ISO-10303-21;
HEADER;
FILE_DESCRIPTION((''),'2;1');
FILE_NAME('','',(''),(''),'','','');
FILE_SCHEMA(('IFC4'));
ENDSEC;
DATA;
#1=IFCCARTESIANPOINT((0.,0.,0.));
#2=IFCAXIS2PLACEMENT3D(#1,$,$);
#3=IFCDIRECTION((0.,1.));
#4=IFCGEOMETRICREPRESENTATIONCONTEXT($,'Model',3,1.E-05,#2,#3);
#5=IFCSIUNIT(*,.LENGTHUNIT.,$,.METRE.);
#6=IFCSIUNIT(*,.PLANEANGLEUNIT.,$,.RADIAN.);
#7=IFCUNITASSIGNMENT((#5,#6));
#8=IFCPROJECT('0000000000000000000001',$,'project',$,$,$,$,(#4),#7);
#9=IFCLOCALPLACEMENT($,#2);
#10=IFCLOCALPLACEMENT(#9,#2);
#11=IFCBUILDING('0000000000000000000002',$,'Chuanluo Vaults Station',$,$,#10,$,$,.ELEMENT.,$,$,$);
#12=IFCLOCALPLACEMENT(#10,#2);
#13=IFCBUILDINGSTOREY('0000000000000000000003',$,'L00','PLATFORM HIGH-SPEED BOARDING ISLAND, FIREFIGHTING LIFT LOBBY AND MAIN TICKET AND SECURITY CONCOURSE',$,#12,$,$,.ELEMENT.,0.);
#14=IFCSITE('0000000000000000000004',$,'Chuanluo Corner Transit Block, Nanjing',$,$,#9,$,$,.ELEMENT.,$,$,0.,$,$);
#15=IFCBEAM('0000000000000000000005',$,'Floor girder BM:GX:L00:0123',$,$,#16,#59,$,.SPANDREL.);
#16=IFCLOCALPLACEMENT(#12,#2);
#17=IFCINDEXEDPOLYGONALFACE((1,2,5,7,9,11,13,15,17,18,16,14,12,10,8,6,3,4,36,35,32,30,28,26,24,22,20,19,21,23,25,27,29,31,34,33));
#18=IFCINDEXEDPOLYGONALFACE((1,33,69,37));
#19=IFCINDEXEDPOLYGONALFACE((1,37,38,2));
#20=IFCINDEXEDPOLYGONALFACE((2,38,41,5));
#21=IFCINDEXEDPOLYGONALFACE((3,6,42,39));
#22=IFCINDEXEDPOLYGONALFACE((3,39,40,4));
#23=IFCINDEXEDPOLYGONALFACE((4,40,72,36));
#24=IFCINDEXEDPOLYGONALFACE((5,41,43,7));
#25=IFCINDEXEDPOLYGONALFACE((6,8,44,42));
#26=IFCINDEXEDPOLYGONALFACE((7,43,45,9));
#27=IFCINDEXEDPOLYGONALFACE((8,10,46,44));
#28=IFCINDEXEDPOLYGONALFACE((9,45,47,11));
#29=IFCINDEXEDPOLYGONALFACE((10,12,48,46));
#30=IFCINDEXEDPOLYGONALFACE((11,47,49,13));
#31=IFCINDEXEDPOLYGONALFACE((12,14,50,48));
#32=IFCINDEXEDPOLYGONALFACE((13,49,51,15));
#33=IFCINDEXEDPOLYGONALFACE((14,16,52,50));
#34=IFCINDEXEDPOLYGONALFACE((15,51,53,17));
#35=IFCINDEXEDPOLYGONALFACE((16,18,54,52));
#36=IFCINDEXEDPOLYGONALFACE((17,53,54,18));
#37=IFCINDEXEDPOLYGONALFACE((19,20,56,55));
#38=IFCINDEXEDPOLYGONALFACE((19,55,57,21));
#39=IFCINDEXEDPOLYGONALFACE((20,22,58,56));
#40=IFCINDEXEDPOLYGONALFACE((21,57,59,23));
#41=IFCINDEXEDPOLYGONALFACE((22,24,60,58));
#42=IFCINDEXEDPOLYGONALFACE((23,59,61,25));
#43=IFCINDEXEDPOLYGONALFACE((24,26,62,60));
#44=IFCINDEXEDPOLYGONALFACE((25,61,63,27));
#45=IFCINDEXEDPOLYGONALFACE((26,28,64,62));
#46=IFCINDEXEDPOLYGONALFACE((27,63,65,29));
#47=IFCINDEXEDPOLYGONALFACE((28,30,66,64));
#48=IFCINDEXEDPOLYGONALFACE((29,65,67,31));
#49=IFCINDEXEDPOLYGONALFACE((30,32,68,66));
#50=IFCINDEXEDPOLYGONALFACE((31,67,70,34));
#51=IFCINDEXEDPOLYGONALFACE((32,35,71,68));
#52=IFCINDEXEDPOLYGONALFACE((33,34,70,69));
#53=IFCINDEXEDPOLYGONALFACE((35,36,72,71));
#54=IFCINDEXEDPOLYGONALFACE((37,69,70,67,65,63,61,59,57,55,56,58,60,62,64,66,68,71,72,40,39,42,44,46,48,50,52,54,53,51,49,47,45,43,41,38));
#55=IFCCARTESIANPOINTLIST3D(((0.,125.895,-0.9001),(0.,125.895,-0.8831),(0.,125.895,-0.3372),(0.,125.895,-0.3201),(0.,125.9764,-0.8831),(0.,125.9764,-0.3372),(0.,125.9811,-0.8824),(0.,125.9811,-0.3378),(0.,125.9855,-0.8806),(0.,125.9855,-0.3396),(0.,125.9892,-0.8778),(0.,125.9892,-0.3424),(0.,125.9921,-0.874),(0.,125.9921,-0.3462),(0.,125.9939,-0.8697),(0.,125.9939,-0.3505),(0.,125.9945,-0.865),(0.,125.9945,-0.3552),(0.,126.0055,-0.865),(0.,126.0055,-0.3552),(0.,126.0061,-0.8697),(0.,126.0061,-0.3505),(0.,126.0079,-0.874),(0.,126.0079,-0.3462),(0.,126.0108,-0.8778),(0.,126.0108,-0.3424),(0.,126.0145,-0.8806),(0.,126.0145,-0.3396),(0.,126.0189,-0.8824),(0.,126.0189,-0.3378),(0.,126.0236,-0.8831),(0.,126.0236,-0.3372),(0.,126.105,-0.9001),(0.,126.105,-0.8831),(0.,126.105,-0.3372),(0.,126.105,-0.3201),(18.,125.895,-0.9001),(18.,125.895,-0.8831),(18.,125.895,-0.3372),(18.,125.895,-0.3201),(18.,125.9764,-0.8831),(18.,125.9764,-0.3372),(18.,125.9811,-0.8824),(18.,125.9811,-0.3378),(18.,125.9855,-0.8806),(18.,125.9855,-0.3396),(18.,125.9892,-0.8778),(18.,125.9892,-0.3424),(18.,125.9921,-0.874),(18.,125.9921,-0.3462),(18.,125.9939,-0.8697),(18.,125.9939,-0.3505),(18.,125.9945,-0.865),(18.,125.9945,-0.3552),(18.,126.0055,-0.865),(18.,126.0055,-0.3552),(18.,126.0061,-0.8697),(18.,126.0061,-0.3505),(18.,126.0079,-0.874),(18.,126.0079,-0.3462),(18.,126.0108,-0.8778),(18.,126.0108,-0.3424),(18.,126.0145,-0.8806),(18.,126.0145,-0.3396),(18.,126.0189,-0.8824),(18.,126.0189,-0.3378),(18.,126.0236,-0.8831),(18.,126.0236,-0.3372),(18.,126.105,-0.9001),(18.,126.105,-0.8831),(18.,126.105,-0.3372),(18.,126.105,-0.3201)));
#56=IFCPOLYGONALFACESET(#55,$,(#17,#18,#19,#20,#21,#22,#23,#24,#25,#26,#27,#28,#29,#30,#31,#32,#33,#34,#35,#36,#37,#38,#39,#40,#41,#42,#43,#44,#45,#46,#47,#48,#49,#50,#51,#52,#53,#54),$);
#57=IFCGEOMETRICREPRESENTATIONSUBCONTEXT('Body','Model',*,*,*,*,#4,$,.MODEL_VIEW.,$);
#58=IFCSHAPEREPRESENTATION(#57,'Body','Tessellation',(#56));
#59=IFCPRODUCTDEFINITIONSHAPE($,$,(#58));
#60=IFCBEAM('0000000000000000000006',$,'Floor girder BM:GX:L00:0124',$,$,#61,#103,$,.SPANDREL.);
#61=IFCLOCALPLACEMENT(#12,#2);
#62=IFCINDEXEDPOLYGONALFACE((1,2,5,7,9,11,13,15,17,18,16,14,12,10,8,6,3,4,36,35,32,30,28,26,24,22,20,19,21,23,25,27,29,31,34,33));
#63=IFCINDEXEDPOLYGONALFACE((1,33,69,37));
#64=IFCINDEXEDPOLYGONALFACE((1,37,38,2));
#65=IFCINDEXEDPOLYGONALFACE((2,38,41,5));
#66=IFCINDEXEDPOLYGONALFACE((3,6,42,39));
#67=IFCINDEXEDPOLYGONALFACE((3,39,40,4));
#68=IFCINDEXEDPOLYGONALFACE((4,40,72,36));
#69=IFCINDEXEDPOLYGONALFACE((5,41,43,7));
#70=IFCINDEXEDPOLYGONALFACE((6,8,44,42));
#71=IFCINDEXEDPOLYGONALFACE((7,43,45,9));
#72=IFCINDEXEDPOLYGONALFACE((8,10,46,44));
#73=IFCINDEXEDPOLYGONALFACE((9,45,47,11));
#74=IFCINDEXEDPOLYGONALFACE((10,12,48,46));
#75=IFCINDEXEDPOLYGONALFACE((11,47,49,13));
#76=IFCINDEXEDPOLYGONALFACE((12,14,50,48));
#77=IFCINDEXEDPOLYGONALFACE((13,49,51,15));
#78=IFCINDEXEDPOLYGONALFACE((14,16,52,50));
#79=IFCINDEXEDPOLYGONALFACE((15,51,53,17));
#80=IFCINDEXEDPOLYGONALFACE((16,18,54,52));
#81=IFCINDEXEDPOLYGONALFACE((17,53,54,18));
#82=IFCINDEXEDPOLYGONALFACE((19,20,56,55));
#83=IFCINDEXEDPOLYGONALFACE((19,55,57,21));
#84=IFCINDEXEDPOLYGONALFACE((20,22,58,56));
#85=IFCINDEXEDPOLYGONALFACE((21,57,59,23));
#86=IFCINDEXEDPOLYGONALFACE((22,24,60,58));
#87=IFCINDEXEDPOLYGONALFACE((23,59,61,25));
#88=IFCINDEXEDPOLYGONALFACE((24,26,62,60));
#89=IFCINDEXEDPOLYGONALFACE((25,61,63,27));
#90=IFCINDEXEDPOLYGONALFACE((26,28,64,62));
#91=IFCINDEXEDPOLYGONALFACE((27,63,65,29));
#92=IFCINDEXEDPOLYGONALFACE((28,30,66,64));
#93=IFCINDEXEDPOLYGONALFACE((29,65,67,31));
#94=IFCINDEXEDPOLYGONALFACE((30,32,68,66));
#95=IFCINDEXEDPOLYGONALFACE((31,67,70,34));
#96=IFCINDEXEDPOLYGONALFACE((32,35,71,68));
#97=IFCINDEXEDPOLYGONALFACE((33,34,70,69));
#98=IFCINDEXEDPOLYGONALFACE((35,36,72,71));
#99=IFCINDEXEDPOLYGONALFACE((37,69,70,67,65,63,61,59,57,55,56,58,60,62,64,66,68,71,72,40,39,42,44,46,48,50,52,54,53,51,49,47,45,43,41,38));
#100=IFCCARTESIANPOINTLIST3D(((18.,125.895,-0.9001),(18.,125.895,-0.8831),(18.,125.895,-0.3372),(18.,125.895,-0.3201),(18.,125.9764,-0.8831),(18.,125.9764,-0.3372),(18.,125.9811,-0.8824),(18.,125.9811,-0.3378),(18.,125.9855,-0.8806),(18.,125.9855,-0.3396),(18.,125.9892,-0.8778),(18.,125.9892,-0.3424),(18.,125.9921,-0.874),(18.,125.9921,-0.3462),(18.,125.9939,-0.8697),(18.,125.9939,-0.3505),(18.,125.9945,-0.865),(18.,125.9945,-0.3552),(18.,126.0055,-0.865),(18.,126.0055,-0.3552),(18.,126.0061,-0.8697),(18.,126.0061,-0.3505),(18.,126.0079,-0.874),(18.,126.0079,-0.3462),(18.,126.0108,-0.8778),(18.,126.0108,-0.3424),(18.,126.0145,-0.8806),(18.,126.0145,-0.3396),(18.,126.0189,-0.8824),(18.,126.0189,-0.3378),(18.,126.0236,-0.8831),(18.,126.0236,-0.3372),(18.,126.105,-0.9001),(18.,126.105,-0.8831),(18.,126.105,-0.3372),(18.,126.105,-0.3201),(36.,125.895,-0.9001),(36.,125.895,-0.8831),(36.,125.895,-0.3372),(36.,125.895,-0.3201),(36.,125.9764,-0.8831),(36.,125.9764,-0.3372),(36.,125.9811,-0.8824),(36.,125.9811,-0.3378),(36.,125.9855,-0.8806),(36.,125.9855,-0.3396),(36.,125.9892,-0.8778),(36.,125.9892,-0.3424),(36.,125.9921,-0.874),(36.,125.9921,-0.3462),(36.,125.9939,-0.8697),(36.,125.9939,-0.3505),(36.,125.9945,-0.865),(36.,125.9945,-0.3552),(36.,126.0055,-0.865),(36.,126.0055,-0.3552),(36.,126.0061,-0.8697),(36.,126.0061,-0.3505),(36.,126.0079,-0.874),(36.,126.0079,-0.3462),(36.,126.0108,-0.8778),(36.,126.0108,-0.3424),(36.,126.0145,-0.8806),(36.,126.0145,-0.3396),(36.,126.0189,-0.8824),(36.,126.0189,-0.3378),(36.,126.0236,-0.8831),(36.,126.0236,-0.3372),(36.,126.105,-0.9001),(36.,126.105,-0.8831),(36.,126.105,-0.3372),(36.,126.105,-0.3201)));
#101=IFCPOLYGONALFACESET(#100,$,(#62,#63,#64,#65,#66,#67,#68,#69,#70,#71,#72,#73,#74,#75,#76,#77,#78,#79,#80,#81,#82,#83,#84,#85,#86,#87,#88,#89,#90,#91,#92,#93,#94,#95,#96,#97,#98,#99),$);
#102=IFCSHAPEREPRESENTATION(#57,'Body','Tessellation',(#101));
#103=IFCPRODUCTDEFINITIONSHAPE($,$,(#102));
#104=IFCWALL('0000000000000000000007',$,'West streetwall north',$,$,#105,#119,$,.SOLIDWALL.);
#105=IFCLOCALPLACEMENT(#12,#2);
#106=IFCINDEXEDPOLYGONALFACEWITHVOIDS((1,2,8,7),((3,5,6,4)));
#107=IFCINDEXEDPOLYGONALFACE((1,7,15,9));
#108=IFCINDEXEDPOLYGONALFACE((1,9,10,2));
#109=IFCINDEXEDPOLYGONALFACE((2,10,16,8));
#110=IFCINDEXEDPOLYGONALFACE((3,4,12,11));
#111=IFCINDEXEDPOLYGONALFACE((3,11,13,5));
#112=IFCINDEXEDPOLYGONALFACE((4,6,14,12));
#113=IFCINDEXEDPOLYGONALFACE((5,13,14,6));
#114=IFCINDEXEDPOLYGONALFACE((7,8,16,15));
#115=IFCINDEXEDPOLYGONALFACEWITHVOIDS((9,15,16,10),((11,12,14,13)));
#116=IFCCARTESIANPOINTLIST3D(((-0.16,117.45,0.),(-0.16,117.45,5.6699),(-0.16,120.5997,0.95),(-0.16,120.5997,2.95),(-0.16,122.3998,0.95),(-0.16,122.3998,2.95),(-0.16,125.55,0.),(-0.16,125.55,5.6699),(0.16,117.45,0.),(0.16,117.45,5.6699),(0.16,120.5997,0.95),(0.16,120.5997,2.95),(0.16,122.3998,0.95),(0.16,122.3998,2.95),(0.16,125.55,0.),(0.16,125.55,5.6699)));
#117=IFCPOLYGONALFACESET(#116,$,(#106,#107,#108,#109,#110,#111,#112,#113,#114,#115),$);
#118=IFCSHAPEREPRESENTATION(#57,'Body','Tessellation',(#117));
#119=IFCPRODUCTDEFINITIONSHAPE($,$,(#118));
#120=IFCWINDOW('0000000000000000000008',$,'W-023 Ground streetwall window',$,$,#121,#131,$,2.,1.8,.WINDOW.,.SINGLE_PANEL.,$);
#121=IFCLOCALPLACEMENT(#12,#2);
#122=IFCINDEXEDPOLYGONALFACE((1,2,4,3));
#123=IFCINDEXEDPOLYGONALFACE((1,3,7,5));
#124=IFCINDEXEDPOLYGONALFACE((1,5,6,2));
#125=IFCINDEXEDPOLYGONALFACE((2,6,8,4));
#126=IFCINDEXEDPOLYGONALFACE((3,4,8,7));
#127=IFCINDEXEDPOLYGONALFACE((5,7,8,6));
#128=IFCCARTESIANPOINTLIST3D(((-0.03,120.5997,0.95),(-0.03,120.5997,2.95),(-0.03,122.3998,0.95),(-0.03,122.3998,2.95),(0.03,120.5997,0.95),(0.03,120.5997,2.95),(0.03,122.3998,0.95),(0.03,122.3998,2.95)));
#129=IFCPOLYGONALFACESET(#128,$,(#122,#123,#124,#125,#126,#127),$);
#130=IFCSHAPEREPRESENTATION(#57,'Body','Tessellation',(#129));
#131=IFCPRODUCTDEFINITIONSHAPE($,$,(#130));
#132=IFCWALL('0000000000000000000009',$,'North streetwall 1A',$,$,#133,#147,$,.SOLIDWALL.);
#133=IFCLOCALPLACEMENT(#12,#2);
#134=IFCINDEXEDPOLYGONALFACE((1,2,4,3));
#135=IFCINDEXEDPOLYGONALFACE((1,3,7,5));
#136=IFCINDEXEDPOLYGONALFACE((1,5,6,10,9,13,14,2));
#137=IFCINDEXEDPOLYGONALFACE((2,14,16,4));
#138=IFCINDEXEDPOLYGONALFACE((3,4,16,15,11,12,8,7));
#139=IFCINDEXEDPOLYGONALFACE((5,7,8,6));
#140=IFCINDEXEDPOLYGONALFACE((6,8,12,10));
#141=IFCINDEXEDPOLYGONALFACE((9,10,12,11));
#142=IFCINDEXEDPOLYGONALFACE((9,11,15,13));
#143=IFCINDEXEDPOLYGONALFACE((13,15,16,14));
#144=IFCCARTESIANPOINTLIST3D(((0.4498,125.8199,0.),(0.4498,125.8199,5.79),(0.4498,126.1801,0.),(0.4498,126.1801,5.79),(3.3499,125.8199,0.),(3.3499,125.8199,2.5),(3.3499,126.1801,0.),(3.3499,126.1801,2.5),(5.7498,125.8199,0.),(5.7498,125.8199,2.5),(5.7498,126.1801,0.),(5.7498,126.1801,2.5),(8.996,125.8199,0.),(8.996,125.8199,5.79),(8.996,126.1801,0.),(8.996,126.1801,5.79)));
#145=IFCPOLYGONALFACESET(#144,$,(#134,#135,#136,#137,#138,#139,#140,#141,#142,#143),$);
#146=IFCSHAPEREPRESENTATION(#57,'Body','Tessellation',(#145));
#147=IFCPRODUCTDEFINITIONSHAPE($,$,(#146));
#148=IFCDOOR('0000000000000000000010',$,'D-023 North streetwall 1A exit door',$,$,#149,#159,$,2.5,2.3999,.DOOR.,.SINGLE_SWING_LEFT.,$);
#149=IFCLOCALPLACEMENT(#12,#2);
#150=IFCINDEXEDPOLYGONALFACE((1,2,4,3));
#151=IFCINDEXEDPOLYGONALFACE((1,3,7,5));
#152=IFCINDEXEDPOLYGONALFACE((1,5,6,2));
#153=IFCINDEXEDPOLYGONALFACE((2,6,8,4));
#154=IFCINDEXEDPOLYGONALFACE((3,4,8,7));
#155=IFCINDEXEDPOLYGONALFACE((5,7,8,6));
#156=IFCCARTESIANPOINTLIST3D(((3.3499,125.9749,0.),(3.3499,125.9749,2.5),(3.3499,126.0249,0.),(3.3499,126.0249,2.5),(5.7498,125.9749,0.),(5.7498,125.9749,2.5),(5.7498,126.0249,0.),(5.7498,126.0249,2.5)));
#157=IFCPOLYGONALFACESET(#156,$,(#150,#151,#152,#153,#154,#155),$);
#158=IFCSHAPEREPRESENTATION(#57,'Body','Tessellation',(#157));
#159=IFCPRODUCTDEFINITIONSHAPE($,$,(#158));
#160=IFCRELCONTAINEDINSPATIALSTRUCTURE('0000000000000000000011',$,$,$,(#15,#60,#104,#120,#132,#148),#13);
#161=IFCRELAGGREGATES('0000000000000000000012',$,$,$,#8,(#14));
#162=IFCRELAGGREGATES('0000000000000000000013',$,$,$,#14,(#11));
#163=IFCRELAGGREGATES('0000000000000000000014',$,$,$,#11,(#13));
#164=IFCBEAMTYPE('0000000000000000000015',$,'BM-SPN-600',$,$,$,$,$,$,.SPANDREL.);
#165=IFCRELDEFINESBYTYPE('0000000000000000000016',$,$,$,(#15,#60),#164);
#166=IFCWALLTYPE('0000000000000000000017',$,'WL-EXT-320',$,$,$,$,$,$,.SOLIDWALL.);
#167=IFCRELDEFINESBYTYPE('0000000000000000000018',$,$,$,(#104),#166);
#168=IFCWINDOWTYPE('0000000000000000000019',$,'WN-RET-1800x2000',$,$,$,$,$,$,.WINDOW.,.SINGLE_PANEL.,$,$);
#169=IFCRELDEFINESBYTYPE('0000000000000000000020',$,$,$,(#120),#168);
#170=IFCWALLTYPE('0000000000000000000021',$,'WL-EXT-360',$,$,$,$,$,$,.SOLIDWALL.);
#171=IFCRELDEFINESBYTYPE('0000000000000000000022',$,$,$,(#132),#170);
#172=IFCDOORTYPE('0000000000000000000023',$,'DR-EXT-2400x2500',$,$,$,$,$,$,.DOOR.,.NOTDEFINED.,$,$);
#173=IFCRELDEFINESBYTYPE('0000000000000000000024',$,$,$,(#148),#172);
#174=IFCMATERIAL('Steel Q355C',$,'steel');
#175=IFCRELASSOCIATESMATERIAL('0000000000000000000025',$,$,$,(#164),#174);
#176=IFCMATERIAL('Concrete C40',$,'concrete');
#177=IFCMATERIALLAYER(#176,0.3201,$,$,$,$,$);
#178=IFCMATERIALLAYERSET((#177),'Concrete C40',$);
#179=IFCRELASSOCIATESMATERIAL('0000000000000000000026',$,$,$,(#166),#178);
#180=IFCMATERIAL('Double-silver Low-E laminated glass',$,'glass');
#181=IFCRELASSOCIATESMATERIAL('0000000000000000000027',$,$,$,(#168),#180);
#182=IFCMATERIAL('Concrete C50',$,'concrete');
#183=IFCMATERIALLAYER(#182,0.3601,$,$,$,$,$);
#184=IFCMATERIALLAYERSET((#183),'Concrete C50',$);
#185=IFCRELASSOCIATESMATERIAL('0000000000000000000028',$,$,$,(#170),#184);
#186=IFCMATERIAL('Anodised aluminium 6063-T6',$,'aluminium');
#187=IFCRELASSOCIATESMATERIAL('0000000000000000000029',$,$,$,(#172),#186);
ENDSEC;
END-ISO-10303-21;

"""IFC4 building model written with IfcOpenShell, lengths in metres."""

from ifc_helpers import new_model, si_unit, direction, frame, frame_2d, origin, origin_2d, place, context, subcontext, project, spatial, rectangle, i_section, extrude, material, layer, layer_set, material_profile, profile_set, type_object, element, fill, save


model = new_model("IFC4")

# Units and contexts
model_context = context("Model", 3, precision=1e-05, world=origin(), true_north=direction((0.0, 1.0)))
body_context = subcontext(model_context, "Body", "Model", "MODEL_VIEW")
ifc_project = project(units=[si_unit("LENGTHUNIT", "METRE"), si_unit("PLANEANGLEUNIT", "RADIAN")], contexts=[model_context])

# Site, building, storey
site_placement = place(None, origin())
site = spatial("IfcSite", under=ifc_project, at=site_placement, Name="Chuanluo Corner Transit Block, Nanjing", CompositionType="ELEMENT", RefElevation=0.0)
building_placement = place(site_placement, origin())
building = spatial("IfcBuilding", under=site, at=building_placement, Name="Chuanluo Vaults Station", CompositionType="ELEMENT")
storey_placement = place(building_placement, origin())
storey = spatial("IfcBuildingStorey", under=building, at=storey_placement, Name="L00", Description="PLATFORM HIGH-SPEED BOARDING ISLAND, FIREFIGHTING LIFT LOBBY AND MAIN TICKET AND SECURITY CONCOURSE", CompositionType="ELEMENT", Elevation=0.0)

# Beams
ifc_material_1 = material(Name="Steel Q355C", Category="steel")
ifc_material_profile_1 = material_profile(ifc_material_1, i_section(OverallWidth=0.21, OverallDepth=0.5801, WebThickness=0.011, FlangeThickness=0.0171, FilletRadius=0.0181, at=origin_2d()))
ifc_profile_set_1 = profile_set([ifc_material_profile_1], Name="Steel Q355C")
beam_type_1 = type_object("IfcBeamType", Name="BM-SPN-600", PredefinedType="SPANDREL", material=ifc_profile_set_1)
for number, where, z_axis, x_axis, name in (
    (1, (0.0, 126.0, -0.6101), (1.0, 0.0, 0.0), (0.0, 1.0, 0.0), "Floor girder BM:GX:L00:0123"),
    (2, (18.0, 126.0, -0.6101), (1.0, 0.0, 0.0), (0.0, 1.0, 0.0), "Floor girder BM:GX:L00:0124"),
):
    element("IfcBeam", number, at=place(storey_placement, frame(where, z_axis=z_axis, x_axis=x_axis)), inside=storey, type_object=beam_type_1, Name=name, PredefinedType="SPANDREL", context=body_context, shape_type="SweptSolid", body=[
        extrude(i_section(OverallWidth=0.21, OverallDepth=0.5801, WebThickness=0.011, FlangeThickness=0.0171, FilletRadius=0.0181, at=origin_2d()), origin(), (0.0, 0.0, 1.0), 18.0),
    ])

# Wall, opening, window
ifc_material_2 = material(Name="Concrete C40", Category="concrete")
ifc_layer_1 = layer(ifc_material_2, 0.3201)
ifc_layer_set_1 = layer_set([ifc_layer_1], Name="Concrete C40")
wall_type_1 = type_object("IfcWallType", Name="WL-EXT-320", PredefinedType="SOLIDWALL", material=ifc_layer_set_1)
wall_1_placement = place(storey_placement, frame((0.0, 117.45, 0.0), z_axis=(0.0, 0.0, 1.0), x_axis=(0.0, 1.0, 0.0)))
wall_1 = element("IfcWall", 3, at=wall_1_placement, inside=storey, type_object=wall_type_1, Name="West streetwall north", PredefinedType="SOLIDWALL", context=body_context, shape_type="SweptSolid", body=[
    extrude(rectangle(XDim=8.1001, YDim=0.3201, at=frame_2d((4.05, 0.0))), origin(), (0.0, 0.0, 1.0), 5.6699),
])
opening_1_placement = place(wall_1_placement, frame((3.1499, 0.0, 0.95)))
opening_1 = element("IfcOpeningElement", 4, at=opening_1_placement, cuts=wall_1, PredefinedType="OPENING", context=body_context, shape_type="SweptSolid", body=[
    extrude(rectangle(XDim=1.8, YDim=2.0, at=frame_2d((0.8999, 1.0))), frame((0.0, 0.1702, 0.0), z_axis=(0.0, -1.0, 0.0), x_axis=(1.0, 0.0, 0.0)), (0.0, 0.0, 1.0), 0.3401),
])
ifc_material_3 = material(Name="Double-silver Low-E laminated glass", Category="glass")
window_type_1 = type_object("IfcWindowType", Name="WN-RET-1800x2000", PartitioningType="SINGLE_PANEL", PredefinedType="WINDOW", material=ifc_material_3)
window_1_placement = place(opening_1_placement, origin())
window_1 = element("IfcWindow", 5, at=window_1_placement, inside=storey, type_object=window_type_1, Name="W-023 Ground streetwall window", OverallHeight=2.0, OverallWidth=1.8, PartitioningType="SINGLE_PANEL", PredefinedType="WINDOW", context=body_context, shape_type="SweptSolid", body=[
    extrude(rectangle(XDim=1.8, YDim=2.0, at=frame_2d((0.8999, 1.0))), frame((0.0, 0.03, 0.0), z_axis=(0.0, -1.0, 0.0), x_axis=(1.0, 0.0, 0.0)), (0.0, 0.0, 1.0), 0.0601),
])
fill(opening_1, window_1)

# Wall, opening, door
ifc_material_4 = material(Name="Concrete C50", Category="concrete")
ifc_layer_2 = layer(ifc_material_4, 0.3601)
ifc_layer_set_2 = layer_set([ifc_layer_2], Name="Concrete C50")
wall_type_2 = type_object("IfcWallType", Name="WL-EXT-360", PredefinedType="SOLIDWALL", material=ifc_layer_set_2)
wall_2_placement = place(storey_placement, frame((0.45, 126.0, 0.0), z_axis=(0.0, 0.0, 1.0), x_axis=(1.0, 0.0, 0.0)))
wall_2 = element("IfcWall", 6, at=wall_2_placement, inside=storey, type_object=wall_type_2, Name="North streetwall 1A", PredefinedType="SOLIDWALL", context=body_context, shape_type="SweptSolid", body=[
    extrude(rectangle(XDim=8.5461, YDim=0.3601, at=frame_2d((4.2729, 0.0))), origin(), (0.0, 0.0, 1.0), 5.79),
])
opening_2_placement = place(wall_2_placement, frame((2.8999, 0.0, 0.0)))
opening_2 = element("IfcOpeningElement", 7, at=opening_2_placement, cuts=wall_2, PredefinedType="OPENING", context=body_context, shape_type="SweptSolid", body=[
    extrude(rectangle(XDim=2.3999, YDim=2.5, at=frame_2d((1.2, 1.25))), frame((0.0, 0.1902, 0.0), z_axis=(0.0, -1.0, 0.0), x_axis=(1.0, 0.0, 0.0)), (0.0, 0.0, 1.0), 0.3801),
])
ifc_material_5 = material(Name="Anodised aluminium 6063-T6", Category="aluminium")
door_type_1 = type_object("IfcDoorType", Name="DR-EXT-2400x2500", OperationType="NOTDEFINED", PredefinedType="DOOR", material=ifc_material_5)
door_1_placement = place(opening_2_placement, origin())
door_1 = element("IfcDoor", 8, at=door_1_placement, inside=storey, type_object=door_type_1, Name="D-023 North streetwall 1A exit door", OperationType="SINGLE_SWING_LEFT", OverallHeight=2.5, OverallWidth=2.3999, PredefinedType="DOOR", context=body_context, shape_type="SweptSolid", body=[
    extrude(rectangle(XDim=2.3999, YDim=2.5, at=frame_2d((1.2, 1.25))), frame((0.0, 0.0249, 0.0), z_axis=(0.0, -1.0, 0.0), x_axis=(1.0, 0.0, 0.0)), (0.0, 0.0, 1.0), 0.05),
])
fill(opening_2, door_1)

save(model, "model.ifc")
